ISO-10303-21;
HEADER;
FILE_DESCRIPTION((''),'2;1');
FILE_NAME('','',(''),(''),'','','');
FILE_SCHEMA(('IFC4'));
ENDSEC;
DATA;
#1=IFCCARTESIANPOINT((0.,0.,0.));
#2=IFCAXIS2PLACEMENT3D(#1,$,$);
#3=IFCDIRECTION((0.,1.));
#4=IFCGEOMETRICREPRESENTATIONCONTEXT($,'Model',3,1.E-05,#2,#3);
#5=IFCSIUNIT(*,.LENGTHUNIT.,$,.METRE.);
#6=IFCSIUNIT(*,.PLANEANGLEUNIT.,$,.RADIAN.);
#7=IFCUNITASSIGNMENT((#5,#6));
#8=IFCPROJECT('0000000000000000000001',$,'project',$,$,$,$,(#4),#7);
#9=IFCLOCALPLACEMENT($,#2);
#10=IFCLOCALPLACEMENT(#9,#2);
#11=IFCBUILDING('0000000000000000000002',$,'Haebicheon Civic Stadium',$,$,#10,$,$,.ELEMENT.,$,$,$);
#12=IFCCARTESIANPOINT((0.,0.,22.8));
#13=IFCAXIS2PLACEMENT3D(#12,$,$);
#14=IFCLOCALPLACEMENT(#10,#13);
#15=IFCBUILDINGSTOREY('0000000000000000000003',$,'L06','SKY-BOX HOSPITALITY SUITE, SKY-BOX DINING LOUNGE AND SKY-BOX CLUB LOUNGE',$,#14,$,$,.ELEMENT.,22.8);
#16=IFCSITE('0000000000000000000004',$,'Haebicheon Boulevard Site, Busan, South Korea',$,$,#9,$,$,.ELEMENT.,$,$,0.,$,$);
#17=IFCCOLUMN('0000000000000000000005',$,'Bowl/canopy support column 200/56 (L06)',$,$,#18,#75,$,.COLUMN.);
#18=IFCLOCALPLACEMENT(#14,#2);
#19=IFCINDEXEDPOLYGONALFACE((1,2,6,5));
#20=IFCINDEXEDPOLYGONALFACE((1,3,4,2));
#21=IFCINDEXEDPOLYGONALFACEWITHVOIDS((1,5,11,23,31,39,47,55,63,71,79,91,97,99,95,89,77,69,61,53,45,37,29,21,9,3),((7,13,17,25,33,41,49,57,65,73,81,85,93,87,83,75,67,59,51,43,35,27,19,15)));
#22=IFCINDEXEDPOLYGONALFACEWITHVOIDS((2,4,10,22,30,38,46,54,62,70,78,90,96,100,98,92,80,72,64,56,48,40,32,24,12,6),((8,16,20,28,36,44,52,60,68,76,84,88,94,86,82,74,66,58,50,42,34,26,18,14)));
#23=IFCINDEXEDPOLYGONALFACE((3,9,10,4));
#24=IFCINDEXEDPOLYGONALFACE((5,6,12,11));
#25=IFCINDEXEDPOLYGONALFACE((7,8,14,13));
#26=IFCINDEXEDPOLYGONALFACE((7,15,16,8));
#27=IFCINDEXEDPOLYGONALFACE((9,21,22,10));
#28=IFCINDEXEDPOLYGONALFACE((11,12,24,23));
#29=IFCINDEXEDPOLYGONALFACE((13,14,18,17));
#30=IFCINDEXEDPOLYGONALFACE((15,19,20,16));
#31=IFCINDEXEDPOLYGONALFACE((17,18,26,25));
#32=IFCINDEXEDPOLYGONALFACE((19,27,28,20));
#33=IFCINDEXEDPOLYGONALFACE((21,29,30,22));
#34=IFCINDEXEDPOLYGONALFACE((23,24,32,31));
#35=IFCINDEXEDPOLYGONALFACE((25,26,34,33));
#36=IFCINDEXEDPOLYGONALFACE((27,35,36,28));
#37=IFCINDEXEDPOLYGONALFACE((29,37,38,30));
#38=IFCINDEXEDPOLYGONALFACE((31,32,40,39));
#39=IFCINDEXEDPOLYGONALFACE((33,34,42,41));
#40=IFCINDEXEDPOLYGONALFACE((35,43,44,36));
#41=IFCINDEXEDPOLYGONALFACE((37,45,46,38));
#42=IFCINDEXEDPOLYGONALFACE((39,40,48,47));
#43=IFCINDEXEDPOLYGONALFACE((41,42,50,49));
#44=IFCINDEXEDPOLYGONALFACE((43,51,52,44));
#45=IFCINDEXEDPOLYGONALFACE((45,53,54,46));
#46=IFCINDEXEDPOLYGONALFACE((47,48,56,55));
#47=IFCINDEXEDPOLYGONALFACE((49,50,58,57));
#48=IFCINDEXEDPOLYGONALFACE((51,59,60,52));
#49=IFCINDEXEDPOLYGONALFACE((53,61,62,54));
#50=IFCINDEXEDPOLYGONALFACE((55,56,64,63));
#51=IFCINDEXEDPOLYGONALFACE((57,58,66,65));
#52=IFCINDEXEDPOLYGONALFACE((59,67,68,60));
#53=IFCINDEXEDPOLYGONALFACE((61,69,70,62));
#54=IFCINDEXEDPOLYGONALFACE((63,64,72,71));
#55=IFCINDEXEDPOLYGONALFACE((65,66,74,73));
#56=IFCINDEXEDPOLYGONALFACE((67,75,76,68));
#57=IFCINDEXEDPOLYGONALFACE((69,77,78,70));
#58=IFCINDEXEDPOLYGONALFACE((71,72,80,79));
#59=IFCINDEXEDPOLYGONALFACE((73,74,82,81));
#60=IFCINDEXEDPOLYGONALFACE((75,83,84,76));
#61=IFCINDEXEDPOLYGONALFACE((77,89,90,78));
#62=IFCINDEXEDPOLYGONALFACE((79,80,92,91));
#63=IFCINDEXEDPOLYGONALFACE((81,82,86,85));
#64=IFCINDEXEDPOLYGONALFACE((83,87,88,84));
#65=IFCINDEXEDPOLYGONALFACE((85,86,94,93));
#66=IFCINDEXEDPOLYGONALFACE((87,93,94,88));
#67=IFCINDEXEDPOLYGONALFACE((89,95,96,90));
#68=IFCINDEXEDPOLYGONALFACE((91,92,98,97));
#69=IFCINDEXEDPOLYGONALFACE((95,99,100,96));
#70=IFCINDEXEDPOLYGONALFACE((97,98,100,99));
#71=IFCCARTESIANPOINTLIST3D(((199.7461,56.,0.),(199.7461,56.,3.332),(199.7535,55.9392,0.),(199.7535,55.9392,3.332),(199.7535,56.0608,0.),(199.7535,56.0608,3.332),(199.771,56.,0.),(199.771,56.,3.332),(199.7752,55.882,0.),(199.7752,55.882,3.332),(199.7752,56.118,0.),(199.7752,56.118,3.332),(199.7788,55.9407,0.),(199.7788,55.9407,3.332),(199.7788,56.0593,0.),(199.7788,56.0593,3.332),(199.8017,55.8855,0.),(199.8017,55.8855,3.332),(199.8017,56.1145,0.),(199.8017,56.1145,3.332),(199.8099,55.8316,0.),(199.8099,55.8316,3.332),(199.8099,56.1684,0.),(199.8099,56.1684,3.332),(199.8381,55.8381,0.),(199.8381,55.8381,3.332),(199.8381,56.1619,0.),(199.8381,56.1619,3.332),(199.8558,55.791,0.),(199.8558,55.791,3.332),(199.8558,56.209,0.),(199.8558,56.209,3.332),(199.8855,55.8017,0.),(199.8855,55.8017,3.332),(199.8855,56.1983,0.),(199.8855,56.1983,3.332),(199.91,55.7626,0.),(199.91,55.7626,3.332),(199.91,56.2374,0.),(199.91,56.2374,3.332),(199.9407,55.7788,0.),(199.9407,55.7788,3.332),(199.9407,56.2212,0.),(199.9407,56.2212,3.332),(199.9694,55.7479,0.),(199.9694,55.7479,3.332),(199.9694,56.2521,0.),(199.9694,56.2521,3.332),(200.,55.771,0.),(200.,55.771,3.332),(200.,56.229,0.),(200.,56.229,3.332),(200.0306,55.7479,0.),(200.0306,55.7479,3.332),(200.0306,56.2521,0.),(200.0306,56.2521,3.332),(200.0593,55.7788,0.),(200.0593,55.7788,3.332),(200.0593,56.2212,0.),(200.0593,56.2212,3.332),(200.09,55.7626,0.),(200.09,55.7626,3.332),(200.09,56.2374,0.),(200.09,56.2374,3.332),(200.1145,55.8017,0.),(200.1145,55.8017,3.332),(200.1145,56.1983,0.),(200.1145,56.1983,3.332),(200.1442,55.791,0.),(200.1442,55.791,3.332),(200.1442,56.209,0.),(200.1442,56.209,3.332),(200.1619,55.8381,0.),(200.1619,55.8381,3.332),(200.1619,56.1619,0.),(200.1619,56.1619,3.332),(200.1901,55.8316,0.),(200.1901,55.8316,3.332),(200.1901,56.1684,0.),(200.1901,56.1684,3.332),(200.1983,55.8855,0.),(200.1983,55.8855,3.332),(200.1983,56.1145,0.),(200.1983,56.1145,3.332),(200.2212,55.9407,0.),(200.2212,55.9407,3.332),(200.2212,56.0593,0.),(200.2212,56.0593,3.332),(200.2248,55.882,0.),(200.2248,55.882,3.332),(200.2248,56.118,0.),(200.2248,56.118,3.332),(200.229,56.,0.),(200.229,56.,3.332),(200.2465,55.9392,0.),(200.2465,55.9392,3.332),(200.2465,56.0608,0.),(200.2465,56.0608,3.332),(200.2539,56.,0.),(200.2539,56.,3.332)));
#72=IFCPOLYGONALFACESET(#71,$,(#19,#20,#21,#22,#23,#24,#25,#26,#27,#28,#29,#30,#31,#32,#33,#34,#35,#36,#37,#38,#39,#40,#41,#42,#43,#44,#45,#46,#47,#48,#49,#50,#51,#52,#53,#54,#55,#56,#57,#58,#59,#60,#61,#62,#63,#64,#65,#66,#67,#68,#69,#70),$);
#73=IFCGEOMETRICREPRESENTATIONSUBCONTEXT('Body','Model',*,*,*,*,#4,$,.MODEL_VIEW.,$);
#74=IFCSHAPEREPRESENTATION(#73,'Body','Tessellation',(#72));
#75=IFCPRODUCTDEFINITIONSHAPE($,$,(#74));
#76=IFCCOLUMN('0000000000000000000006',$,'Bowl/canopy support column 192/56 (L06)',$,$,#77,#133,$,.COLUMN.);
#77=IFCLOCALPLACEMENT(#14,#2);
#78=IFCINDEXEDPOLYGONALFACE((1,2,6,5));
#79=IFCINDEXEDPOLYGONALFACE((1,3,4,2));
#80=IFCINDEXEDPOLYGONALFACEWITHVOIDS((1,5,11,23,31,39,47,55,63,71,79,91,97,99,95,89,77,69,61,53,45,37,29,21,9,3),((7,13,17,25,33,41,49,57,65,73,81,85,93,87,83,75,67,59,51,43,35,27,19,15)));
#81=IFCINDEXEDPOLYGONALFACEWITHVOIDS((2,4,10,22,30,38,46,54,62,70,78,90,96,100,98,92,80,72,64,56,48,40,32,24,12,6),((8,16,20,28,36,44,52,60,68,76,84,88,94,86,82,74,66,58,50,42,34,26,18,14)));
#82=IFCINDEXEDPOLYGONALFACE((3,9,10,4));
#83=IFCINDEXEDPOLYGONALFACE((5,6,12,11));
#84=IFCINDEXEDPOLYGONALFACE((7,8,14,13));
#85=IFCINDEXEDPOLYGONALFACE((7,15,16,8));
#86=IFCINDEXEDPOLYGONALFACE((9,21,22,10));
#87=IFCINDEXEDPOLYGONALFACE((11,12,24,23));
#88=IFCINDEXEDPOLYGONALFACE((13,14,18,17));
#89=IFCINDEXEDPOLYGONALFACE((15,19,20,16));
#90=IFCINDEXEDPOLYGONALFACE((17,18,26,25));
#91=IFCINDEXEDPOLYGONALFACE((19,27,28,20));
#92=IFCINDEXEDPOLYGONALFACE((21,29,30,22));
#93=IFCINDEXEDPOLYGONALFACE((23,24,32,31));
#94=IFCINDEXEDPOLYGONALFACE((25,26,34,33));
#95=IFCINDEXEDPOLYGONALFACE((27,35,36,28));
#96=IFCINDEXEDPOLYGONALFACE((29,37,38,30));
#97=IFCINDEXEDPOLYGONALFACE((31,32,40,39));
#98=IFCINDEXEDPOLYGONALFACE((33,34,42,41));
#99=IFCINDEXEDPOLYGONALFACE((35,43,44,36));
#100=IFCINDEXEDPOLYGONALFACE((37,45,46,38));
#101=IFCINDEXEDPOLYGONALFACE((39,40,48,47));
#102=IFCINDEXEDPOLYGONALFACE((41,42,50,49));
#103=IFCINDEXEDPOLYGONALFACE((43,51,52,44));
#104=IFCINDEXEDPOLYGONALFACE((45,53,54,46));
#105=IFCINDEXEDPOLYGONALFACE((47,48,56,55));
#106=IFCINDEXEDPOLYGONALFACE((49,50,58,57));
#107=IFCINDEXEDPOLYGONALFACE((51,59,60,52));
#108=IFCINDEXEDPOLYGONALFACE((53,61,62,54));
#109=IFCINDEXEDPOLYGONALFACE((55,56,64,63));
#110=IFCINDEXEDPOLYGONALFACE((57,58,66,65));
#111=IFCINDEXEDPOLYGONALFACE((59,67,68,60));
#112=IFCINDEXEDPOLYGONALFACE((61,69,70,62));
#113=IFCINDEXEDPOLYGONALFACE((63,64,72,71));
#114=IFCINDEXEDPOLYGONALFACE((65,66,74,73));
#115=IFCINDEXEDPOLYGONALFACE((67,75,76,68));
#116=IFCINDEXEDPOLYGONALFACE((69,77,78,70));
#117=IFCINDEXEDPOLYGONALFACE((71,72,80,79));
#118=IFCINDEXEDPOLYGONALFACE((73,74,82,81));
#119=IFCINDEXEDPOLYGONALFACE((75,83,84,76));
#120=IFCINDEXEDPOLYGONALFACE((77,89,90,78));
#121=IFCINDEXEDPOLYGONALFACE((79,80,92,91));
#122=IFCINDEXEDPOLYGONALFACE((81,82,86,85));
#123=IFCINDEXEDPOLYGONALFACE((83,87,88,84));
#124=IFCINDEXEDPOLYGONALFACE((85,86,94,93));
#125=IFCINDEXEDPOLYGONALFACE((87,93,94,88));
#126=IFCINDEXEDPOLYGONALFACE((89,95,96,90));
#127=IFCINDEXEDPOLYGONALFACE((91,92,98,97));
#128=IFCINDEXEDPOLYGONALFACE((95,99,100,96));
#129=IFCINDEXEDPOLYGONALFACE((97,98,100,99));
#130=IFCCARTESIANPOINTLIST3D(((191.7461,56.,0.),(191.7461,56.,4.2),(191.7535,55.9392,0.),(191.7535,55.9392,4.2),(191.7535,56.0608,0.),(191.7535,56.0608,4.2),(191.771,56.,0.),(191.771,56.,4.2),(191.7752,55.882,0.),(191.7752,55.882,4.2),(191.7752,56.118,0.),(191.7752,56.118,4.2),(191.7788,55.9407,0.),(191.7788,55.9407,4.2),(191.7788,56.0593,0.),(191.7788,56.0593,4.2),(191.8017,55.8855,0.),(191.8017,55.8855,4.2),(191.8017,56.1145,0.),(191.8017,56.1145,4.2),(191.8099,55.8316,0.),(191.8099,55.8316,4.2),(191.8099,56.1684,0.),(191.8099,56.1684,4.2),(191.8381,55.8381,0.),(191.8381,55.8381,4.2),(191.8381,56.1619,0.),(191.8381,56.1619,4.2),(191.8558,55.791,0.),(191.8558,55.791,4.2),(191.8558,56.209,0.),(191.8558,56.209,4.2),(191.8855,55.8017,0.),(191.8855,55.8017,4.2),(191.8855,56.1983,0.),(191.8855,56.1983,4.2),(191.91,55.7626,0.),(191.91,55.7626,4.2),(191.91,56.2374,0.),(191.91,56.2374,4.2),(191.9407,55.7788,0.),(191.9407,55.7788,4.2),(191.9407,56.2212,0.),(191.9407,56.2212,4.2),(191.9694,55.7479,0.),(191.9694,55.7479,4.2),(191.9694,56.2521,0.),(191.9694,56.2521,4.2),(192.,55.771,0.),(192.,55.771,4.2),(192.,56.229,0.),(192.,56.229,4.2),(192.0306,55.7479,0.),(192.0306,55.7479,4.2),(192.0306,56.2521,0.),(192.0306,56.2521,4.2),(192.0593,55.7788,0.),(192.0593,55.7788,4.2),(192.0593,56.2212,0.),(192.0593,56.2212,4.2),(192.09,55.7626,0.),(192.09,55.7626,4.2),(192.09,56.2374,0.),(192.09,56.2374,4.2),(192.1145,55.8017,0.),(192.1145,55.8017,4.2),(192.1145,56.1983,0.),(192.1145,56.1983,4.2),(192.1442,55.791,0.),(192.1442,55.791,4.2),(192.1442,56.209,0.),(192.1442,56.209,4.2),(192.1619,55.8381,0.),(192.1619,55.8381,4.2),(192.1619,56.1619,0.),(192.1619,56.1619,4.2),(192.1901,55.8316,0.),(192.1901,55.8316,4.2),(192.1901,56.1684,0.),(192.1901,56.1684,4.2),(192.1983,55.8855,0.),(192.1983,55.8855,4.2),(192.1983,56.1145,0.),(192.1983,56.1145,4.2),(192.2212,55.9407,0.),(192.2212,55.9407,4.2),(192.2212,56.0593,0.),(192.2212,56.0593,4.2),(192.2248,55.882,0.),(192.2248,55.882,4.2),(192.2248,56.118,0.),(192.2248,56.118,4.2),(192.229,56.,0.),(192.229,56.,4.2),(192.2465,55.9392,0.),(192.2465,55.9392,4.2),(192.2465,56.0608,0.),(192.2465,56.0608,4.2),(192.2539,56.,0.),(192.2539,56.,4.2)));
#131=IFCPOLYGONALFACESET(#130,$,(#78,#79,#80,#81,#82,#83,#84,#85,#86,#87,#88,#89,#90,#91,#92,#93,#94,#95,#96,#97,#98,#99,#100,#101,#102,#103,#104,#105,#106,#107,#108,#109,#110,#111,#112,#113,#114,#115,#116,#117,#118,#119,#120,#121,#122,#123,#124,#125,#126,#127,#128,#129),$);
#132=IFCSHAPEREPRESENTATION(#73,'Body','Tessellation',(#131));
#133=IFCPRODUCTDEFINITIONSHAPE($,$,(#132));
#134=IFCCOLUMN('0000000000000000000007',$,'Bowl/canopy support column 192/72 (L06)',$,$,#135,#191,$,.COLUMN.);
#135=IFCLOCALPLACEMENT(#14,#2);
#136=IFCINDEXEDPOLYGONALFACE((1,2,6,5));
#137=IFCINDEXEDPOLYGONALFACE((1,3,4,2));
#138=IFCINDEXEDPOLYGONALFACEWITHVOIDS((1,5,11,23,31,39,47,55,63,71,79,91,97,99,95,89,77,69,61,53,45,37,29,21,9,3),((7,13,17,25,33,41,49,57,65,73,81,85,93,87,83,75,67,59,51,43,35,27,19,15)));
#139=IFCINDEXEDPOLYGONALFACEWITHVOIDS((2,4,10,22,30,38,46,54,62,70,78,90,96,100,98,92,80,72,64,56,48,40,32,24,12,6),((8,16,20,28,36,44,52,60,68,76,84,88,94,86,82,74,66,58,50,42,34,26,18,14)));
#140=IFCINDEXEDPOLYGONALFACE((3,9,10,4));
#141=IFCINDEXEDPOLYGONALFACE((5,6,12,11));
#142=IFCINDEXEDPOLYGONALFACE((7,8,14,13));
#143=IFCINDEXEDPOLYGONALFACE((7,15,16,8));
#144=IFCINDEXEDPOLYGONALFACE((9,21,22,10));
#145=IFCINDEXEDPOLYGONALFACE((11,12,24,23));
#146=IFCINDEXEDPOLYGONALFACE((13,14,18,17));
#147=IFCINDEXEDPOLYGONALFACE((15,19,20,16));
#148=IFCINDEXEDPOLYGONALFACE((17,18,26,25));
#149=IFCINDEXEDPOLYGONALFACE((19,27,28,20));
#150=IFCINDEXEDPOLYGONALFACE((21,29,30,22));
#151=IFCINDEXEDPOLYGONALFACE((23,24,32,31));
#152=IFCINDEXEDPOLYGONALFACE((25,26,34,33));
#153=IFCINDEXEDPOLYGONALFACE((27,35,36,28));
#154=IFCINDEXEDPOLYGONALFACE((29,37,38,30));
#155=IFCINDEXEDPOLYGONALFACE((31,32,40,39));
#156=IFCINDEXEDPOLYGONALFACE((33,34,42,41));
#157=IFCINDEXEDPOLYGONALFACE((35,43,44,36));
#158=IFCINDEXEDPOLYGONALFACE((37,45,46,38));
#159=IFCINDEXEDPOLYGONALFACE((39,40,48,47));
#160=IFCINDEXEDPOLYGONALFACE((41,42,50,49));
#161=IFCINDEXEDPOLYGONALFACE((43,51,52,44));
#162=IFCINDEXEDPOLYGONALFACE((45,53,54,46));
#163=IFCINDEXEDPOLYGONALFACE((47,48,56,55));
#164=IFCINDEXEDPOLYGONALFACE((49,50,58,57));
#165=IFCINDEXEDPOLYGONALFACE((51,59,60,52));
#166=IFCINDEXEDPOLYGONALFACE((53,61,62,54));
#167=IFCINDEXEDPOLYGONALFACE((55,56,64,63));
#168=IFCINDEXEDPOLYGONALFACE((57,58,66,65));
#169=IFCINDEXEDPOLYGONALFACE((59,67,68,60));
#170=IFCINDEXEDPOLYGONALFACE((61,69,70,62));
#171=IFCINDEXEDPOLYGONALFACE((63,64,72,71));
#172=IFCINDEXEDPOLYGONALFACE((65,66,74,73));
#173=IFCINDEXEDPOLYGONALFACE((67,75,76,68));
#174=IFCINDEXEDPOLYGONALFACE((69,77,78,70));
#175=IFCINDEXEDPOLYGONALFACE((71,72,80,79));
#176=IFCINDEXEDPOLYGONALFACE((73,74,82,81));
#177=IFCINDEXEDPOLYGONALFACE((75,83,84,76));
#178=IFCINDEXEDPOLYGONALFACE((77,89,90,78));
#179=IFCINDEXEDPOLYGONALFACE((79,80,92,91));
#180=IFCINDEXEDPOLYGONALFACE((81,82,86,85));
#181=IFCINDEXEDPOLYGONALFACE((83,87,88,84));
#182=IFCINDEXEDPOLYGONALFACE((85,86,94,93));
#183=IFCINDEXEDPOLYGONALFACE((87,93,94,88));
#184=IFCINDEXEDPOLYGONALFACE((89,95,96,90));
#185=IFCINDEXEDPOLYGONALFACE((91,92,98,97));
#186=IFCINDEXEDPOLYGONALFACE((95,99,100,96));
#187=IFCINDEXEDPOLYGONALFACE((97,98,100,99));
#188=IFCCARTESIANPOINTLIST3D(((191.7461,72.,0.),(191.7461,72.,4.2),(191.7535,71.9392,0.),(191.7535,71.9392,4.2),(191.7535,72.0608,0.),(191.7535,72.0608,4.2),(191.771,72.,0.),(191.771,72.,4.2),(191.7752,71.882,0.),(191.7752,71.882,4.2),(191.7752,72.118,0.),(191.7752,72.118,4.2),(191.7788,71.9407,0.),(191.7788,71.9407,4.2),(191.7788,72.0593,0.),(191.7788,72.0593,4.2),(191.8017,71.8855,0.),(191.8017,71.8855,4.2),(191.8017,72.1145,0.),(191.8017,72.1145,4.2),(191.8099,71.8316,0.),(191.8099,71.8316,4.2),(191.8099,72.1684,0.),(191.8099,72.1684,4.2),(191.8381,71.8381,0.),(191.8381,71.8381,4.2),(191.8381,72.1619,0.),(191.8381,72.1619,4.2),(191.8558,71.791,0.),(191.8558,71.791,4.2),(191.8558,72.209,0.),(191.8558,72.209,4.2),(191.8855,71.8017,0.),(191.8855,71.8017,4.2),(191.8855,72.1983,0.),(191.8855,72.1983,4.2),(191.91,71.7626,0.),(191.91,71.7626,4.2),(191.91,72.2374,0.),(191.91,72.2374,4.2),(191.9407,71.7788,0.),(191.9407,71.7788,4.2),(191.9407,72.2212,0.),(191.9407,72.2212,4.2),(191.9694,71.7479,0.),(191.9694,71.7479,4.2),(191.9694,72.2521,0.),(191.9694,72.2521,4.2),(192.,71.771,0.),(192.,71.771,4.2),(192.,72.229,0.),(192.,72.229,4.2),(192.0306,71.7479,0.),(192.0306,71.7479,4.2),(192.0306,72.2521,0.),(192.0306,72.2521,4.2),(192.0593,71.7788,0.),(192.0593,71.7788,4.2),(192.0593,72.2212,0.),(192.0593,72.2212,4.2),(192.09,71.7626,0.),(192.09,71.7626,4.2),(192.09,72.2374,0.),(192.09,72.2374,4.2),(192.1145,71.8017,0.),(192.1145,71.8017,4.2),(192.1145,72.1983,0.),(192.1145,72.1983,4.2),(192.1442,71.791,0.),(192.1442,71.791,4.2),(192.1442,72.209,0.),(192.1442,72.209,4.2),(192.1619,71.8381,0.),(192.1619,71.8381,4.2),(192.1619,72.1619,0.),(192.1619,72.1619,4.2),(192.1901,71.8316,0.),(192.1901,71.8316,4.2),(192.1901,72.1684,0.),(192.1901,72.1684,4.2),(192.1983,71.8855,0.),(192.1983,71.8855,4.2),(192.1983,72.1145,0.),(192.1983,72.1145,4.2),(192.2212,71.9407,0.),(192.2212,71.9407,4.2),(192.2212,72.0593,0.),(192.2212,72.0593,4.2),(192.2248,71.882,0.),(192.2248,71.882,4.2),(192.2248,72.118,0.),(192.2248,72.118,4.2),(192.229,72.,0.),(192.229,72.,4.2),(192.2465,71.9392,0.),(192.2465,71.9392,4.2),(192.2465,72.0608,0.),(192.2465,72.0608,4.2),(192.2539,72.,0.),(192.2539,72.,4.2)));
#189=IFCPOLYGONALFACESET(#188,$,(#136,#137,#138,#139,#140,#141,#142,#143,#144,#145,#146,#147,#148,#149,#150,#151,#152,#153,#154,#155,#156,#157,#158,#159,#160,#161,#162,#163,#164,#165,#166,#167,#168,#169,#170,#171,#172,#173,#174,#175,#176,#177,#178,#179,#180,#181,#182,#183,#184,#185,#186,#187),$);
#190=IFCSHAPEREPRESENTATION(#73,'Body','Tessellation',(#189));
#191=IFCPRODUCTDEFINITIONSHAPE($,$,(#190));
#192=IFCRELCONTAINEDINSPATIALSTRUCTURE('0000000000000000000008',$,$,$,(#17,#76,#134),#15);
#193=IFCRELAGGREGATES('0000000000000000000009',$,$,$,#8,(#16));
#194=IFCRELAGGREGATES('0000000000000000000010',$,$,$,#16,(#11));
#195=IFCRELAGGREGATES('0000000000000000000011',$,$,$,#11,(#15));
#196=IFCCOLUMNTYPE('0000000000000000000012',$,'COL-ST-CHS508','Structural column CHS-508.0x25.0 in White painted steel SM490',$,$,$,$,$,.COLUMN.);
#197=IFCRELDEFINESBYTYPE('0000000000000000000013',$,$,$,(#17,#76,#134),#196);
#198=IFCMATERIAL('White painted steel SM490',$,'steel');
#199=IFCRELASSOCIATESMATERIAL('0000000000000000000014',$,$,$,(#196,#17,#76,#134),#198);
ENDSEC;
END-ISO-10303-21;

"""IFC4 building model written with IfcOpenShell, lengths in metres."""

from ifc_helpers import new_model, si_unit, direction, frame, origin, origin_2d, place, context, subcontext, project, spatial, hollow_circle, extrude, material, material_profile, profile_set, type_object, element, save


model = new_model("IFC4")

# Units and contexts
model_context = context("Model", 3, precision=1e-05, world=origin(), true_north=direction((0.0, 1.0)))
body_context = subcontext(model_context, "Body", "Model", "MODEL_VIEW")
ifc_project = project(units=[si_unit("LENGTHUNIT", "METRE"), si_unit("PLANEANGLEUNIT", "RADIAN")], contexts=[model_context])

# Site, building, storey
site_placement = place(None, origin())
site = spatial("IfcSite", under=ifc_project, at=site_placement, Name="Haebicheon Boulevard Site, Busan, South Korea", CompositionType="ELEMENT", RefElevation=0.0)
building_placement = place(site_placement, origin())
building = spatial("IfcBuilding", under=site, at=building_placement, Name="Haebicheon Civic Stadium", CompositionType="ELEMENT")
storey_placement = place(building_placement, frame((0.0, 0.0, 22.8)))
storey = spatial("IfcBuildingStorey", under=building, at=storey_placement, Name="L06", Description="SKY-BOX HOSPITALITY SUITE, SKY-BOX DINING LOUNGE AND SKY-BOX CLUB LOUNGE", CompositionType="ELEMENT", Elevation=22.8)

# Columns
ifc_material_1 = material(Name="White painted steel SM490", Category="steel")
ifc_material_profile_1 = material_profile(ifc_material_1, hollow_circle(Radius=0.2539, WallThickness=0.0249, at=origin_2d()), Name="CHS-508.0x25.0")
ifc_profile_set_1 = profile_set([ifc_material_profile_1], Name="White painted steel SM490")
column_type = type_object("IfcColumnType", Name="COL-ST-CHS508", Description="Structural column CHS-508.0x25.0 in White painted steel SM490", PredefinedType="COLUMN", material=ifc_profile_set_1)
column_placement = place(storey_placement, frame((200.0, 56.0, 0.0), z_axis=(0.0, 0.0, 1.0), x_axis=(1.0, 0.0, 0.0)))
element("IfcColumn", 1, at=column_placement, inside=storey, type_object=column_type, material=ifc_profile_set_1, Name="Bowl/canopy support column 200/56 (L06)", PredefinedType="COLUMN", context=body_context, shape_type="SweptSolid", body=[
    extrude(hollow_circle(Radius=0.2539, WallThickness=0.0249, at=origin_2d()), origin(), (0.0, 0.0, 1.0), 3.332),
])
for number, where, z_axis, x_axis, name in (
    (2, (192.0, 56.0, 0.0), (0.0, 0.0, 1.0), (1.0, 0.0, 0.0), "Bowl/canopy support column 192/56 (L06)"),
    (3, (192.0, 72.0, 0.0), (0.0, 0.0, 1.0), (1.0, 0.0, 0.0), "Bowl/canopy support column 192/72 (L06)"),
):
    element("IfcColumn", number, at=place(storey_placement, frame(where, z_axis=z_axis, x_axis=x_axis)), inside=storey, type_object=column_type, material=ifc_profile_set_1, Name=name, PredefinedType="COLUMN", context=body_context, shape_type="SweptSolid", body=[
        extrude(hollow_circle(Radius=0.2539, WallThickness=0.0249, at=origin_2d()), origin(), (0.0, 0.0, 1.0), 4.2),
    ])

save(model, "model.ifc")
